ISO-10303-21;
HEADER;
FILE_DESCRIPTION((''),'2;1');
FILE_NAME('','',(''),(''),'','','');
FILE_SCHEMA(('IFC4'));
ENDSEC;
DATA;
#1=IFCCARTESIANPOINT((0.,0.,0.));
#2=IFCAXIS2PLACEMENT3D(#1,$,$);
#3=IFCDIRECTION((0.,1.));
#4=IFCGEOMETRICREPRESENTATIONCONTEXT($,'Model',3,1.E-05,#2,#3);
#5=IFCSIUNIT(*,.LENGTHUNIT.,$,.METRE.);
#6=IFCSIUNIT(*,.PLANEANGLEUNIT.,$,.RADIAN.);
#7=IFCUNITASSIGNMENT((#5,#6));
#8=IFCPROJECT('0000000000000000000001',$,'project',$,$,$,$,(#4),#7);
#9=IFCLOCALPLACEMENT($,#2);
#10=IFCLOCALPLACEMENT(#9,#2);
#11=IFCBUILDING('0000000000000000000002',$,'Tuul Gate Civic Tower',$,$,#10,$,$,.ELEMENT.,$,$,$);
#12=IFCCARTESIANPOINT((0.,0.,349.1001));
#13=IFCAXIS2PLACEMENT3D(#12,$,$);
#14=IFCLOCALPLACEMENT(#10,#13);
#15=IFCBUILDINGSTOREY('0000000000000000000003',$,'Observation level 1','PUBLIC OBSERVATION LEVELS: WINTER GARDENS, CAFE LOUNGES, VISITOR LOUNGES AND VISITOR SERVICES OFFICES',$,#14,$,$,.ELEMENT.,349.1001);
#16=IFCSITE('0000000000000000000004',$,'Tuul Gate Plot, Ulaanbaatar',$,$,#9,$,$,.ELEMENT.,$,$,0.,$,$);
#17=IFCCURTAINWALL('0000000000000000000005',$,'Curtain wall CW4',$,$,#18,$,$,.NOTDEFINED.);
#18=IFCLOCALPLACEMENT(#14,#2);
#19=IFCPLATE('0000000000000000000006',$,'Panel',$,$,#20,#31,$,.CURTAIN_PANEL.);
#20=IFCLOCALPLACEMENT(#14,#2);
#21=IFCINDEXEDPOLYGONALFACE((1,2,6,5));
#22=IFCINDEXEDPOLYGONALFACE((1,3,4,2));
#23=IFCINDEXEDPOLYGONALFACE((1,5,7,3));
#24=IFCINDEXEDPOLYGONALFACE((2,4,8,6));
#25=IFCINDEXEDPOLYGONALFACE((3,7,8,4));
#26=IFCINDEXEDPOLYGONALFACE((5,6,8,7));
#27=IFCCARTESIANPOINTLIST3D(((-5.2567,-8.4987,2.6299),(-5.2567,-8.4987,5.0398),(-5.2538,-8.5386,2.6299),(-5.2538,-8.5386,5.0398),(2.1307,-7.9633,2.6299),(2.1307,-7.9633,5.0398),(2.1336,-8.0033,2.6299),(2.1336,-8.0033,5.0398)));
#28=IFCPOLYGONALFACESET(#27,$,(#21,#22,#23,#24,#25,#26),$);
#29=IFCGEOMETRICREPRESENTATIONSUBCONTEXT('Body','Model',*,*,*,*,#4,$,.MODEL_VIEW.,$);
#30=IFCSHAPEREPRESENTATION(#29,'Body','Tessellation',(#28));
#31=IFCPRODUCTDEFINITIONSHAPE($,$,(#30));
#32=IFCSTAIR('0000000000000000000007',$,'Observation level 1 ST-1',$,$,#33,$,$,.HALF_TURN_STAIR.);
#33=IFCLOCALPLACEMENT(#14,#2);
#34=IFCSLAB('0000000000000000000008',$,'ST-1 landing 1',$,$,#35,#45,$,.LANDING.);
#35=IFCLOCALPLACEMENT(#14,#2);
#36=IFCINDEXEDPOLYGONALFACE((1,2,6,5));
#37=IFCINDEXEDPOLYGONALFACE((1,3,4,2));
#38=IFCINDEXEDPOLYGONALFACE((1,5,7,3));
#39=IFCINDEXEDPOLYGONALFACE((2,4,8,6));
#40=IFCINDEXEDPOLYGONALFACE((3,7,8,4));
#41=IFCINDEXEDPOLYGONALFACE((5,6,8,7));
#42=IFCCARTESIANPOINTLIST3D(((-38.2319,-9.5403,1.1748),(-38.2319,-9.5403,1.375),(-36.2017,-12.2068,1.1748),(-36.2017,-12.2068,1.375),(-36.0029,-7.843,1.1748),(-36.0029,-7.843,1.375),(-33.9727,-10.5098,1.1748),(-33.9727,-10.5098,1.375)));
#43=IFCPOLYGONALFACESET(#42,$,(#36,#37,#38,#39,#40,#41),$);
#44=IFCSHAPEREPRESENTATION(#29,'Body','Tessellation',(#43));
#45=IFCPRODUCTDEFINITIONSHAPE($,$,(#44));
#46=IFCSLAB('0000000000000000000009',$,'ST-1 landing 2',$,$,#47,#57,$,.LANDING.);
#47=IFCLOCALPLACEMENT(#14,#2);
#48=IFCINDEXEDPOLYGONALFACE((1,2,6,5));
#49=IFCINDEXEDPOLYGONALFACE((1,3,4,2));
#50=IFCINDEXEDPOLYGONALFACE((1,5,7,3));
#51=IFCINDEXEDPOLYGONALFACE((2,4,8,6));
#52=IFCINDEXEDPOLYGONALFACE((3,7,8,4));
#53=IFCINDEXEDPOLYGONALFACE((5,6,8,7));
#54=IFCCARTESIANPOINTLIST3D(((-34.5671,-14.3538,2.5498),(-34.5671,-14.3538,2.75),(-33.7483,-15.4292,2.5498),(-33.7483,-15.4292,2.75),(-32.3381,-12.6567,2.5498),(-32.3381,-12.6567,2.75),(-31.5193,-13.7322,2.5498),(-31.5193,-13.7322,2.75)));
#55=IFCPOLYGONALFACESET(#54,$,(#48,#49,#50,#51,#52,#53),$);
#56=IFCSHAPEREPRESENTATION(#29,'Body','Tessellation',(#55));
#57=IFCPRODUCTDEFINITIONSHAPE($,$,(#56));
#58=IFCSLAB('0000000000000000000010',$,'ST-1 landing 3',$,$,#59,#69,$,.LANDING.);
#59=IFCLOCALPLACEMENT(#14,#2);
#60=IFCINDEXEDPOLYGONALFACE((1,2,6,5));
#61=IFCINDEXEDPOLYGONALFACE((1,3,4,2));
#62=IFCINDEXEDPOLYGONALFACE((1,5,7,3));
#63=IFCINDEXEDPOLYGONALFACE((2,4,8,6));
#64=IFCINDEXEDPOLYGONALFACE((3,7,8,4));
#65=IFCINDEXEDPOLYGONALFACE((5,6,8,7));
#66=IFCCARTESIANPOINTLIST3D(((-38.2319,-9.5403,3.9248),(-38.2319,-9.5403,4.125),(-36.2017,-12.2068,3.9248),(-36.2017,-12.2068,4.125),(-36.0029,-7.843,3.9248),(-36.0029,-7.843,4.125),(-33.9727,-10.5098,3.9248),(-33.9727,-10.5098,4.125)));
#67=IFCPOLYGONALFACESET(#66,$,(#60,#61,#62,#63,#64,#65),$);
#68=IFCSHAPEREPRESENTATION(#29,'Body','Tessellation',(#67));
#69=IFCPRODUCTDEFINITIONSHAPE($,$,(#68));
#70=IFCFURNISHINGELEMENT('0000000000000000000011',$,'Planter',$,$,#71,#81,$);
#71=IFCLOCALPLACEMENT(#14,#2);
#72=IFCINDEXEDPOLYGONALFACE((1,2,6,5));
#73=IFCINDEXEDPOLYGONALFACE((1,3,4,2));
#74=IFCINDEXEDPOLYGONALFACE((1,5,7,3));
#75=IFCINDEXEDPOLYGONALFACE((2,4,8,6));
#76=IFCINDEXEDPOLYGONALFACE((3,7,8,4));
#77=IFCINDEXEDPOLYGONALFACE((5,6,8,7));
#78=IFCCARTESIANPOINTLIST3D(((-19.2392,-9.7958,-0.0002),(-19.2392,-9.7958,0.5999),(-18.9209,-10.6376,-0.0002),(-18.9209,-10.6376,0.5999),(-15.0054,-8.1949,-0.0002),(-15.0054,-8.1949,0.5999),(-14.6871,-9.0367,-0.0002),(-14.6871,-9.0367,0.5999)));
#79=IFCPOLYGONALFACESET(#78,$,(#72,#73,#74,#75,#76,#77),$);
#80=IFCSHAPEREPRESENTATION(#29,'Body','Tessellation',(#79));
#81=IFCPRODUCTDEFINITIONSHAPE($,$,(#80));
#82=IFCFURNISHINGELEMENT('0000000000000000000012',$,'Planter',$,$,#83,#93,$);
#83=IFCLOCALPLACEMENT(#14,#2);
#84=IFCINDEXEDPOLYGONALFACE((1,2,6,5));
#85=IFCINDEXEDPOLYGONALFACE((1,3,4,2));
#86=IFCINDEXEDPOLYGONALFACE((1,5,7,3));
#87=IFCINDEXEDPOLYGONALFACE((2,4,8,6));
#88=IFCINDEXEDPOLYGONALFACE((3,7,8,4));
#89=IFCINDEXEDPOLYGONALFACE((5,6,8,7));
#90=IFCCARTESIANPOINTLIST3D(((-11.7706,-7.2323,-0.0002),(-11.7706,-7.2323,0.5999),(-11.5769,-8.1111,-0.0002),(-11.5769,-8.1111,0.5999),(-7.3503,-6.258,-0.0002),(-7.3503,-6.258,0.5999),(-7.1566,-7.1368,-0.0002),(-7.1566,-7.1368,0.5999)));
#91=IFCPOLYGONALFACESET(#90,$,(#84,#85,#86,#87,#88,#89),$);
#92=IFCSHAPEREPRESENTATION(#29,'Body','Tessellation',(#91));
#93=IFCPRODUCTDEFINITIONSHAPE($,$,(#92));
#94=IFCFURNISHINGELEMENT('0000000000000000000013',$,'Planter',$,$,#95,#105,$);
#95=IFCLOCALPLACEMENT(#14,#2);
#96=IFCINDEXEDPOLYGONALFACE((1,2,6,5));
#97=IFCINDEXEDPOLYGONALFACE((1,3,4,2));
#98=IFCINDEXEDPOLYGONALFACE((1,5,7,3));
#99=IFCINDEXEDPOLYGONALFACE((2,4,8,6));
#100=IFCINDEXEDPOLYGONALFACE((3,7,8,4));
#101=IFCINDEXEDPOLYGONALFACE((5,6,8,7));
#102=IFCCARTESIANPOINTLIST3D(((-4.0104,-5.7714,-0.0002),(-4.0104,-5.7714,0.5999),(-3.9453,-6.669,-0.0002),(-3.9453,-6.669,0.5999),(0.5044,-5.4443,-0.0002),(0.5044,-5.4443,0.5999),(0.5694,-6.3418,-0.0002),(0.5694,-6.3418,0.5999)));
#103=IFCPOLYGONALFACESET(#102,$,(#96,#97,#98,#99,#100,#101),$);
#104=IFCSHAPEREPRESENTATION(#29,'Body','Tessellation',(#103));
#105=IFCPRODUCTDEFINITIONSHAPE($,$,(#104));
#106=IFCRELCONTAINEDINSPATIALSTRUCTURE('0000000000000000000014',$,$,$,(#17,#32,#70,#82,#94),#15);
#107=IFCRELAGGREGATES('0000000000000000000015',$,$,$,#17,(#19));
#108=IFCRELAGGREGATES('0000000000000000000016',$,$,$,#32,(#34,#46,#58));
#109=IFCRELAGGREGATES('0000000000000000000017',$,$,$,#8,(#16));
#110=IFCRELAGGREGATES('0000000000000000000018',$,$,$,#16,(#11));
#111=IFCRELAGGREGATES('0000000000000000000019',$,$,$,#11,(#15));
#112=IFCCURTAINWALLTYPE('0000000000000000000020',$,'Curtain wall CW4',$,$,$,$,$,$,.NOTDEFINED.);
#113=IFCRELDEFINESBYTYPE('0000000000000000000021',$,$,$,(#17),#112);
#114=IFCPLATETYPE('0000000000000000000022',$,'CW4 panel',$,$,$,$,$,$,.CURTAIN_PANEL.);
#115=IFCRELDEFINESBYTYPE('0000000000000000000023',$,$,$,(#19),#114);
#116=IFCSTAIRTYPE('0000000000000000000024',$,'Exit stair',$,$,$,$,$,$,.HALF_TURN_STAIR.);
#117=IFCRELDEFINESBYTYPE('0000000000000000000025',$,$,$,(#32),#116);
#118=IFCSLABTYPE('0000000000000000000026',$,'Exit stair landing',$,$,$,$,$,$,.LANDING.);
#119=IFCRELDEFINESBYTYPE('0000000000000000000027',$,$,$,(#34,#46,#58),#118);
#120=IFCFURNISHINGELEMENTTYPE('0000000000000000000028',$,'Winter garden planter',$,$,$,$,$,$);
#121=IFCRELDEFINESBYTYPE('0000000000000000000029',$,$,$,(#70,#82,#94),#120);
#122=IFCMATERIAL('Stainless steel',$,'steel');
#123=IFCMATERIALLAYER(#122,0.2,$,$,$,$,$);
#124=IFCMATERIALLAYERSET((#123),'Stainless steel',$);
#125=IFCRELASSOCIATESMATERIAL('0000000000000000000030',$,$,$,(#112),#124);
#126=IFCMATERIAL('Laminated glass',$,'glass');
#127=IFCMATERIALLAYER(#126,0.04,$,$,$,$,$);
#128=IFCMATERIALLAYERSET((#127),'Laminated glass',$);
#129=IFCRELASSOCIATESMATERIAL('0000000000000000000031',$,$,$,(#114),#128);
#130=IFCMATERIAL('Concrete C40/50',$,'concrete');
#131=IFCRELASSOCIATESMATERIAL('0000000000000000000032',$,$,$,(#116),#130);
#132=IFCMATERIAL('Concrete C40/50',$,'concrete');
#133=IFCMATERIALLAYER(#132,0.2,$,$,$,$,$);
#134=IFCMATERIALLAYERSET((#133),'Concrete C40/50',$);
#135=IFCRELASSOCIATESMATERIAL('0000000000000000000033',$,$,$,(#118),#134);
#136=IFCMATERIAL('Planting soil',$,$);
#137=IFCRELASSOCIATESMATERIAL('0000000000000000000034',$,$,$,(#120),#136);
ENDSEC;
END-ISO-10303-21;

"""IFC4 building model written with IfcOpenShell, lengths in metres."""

from ifc_helpers import new_model, si_unit, direction, frame, origin, origin_2d, place, context, subcontext, project, spatial, polyline, rectangle, outline, extrude, material, layer, layer_set, type_object, element, aggregate, save


model = new_model("IFC4")

# Units and contexts
model_context = context("Model", 3, precision=1e-05, world=origin(), true_north=direction((0.0, 1.0)))
body_context = subcontext(model_context, "Body", "Model", "MODEL_VIEW")
ifc_project = project(units=[si_unit("LENGTHUNIT", "METRE"), si_unit("PLANEANGLEUNIT", "RADIAN")], contexts=[model_context])

# Site, building, storey
site_placement = place(None, origin())
site = spatial("IfcSite", under=ifc_project, at=site_placement, Name="Tuul Gate Plot, Ulaanbaatar", CompositionType="ELEMENT", RefElevation=0.0)
building_placement = place(site_placement, origin())
building = spatial("IfcBuilding", under=site, at=building_placement, Name="Tuul Gate Civic Tower", CompositionType="ELEMENT")
storey_placement = place(building_placement, frame((0.0, 0.0, 349.1001)))
storey = spatial("IfcBuildingStorey", under=building, at=storey_placement, Name="Observation level 1", Description="PUBLIC OBSERVATION LEVELS: WINTER GARDENS, CAFE LOUNGES, VISITOR LOUNGES AND VISITOR SERVICES OFFICES", CompositionType="ELEMENT", Elevation=349.1001)

# Curtain wall
ifc_material_1 = material(Name="Stainless steel", Category="steel")
ifc_layer_1 = layer(ifc_material_1, 0.2)
ifc_layer_set_1 = layer_set([ifc_layer_1], Name="Stainless steel")
curtain_wall_type = type_object("IfcCurtainWallType", Name="Curtain wall CW4", PredefinedType="NOTDEFINED", material=ifc_layer_set_1)
curtain_wall_1_placement = place(storey_placement, origin())
curtain_wall_1 = element("IfcCurtainWall", 1, at=curtain_wall_1_placement, inside=storey, type_object=curtain_wall_type, Name="Curtain wall CW4", PredefinedType="NOTDEFINED")

# Plate
ifc_material_2 = material(Name="Laminated glass", Category="glass")
ifc_layer_2 = layer(ifc_material_2, 0.04)
ifc_layer_set_2 = layer_set([ifc_layer_2], Name="Laminated glass")
plate_type = type_object("IfcPlateType", Name="CW4 panel", PredefinedType="CURTAIN_PANEL", material=ifc_layer_set_2)
plate_1_placement = place(storey_placement, frame((-1.5615, -8.251, 2.6299), z_axis=(0.0, 0.0, 1.0), x_axis=(0.997385, 0.072276, 0.0)))
plate_1 = element("IfcPlate", 2, at=plate_1_placement, type_object=plate_type, Name="Panel", PredefinedType="CURTAIN_PANEL", context=body_context, shape_type="SweptSolid", body=[
    extrude(rectangle(XDim=7.4067, YDim=0.04, at=origin_2d()), origin(), (0.0, 0.0, 1.0), 2.4099),
])
aggregate(curtain_wall_1, [plate_1])

# Stair, slabs
ifc_material_3 = material(Name="Concrete C40/50", Category="concrete")
stair_type = type_object("IfcStairType", Name="Exit stair", PredefinedType="HALF_TURN_STAIR", material=ifc_material_3)
stair_placement = place(storey_placement, origin())
stair = element("IfcStair", 3, at=stair_placement, inside=storey, type_object=stair_type, Name="Observation level 1 ST-1", PredefinedType="HALF_TURN_STAIR")
ifc_material_4 = material(Name="Concrete C40/50", Category="concrete")
ifc_layer_3 = layer(ifc_material_4, 0.2)
ifc_layer_set_3 = layer_set([ifc_layer_3], Name="Concrete C40/50")
slab_type = type_object("IfcSlabType", Name="Exit stair landing", PredefinedType="LANDING", material=ifc_layer_set_3)
slab_1_placement = place(storey_placement, frame((0.0, 0.0, 1.1748)))
slab_1 = element("IfcSlab", 4, at=slab_1_placement, type_object=slab_type, Name="ST-1 landing 1", PredefinedType="LANDING", context=body_context, shape_type="SweptSolid", body=[
    extrude(outline(polyline([(-33.9727, -10.5098), (-36.2017, -12.2068), (-38.2319, -9.5403), (-36.0029, -7.843), (-33.9727, -10.5098)])), origin(), (0.0, 0.0, 1.0), 0.2002),
])
slab_2_placement = place(storey_placement, frame((0.0, 0.0, 2.5498)))
slab_2 = element("IfcSlab", 5, at=slab_2_placement, type_object=slab_type, Name="ST-1 landing 2", PredefinedType="LANDING", context=body_context, shape_type="SweptSolid", body=[
    extrude(outline(polyline([(-31.5193, -13.7322), (-33.7483, -15.4292), (-34.5671, -14.3538), (-32.3381, -12.6567), (-31.5193, -13.7322)])), origin(), (0.0, 0.0, 1.0), 0.2002),
])
slab_3_placement = place(storey_placement, frame((0.0, 0.0, 3.9248)))
slab_3 = element("IfcSlab", 6, at=slab_3_placement, type_object=slab_type, Name="ST-1 landing 3", PredefinedType="LANDING", context=body_context, shape_type="SweptSolid", body=[
    extrude(outline(polyline([(-33.9727, -10.5098), (-36.2017, -12.2068), (-38.2319, -9.5403), (-36.0029, -7.843), (-33.9727, -10.5098)])), origin(), (0.0, 0.0, 1.0), 0.2002),
])
aggregate(stair, [slab_1, slab_2, slab_3])

# Furnishing elements
ifc_material_5 = material(Name="Planting soil")
furnishing_element_type = type_object("IfcFurnishingElementType", Name="Winter garden planter", material=ifc_material_5)
for number, where, z_axis, x_axis, name in (
    (7, (-16.9631, -9.4163, -0.0002), (0.0, 0.0, 1.0), (0.935365, 0.353685, 0.0), "Planter"),
    (8, (-9.4636, -7.1846, -0.0002), (0.0, 0.0, 1.0), (0.976561, 0.215242, 0.0), "Planter"),
):
    element("IfcFurnishingElement", number, at=place(storey_placement, frame(where, z_axis=z_axis, x_axis=x_axis)), inside=storey, type_object=furnishing_element_type, Name=name, context=body_context, shape_type="SweptSolid", body=[
        extrude(rectangle(XDim=4.5264, YDim=0.8999, at=origin_2d()), origin(), (0.0, 0.0, 1.0), 0.6001),
    ])
furnishing_placement = place(storey_placement, frame((-1.7205, -6.0566, -0.0002), z_axis=(0.0, 0.0, 1.0), x_axis=(0.997385, 0.072276, 0.0)))
element("IfcFurnishingElement", 9, at=furnishing_placement, inside=storey, type_object=furnishing_element_type, Name="Planter", context=body_context, shape_type="SweptSolid", body=[
    extrude(rectangle(XDim=4.5266, YDim=0.8999, at=origin_2d()), origin(), (0.0, 0.0, 1.0), 0.6001),
])

save(model, "model.ifc")
